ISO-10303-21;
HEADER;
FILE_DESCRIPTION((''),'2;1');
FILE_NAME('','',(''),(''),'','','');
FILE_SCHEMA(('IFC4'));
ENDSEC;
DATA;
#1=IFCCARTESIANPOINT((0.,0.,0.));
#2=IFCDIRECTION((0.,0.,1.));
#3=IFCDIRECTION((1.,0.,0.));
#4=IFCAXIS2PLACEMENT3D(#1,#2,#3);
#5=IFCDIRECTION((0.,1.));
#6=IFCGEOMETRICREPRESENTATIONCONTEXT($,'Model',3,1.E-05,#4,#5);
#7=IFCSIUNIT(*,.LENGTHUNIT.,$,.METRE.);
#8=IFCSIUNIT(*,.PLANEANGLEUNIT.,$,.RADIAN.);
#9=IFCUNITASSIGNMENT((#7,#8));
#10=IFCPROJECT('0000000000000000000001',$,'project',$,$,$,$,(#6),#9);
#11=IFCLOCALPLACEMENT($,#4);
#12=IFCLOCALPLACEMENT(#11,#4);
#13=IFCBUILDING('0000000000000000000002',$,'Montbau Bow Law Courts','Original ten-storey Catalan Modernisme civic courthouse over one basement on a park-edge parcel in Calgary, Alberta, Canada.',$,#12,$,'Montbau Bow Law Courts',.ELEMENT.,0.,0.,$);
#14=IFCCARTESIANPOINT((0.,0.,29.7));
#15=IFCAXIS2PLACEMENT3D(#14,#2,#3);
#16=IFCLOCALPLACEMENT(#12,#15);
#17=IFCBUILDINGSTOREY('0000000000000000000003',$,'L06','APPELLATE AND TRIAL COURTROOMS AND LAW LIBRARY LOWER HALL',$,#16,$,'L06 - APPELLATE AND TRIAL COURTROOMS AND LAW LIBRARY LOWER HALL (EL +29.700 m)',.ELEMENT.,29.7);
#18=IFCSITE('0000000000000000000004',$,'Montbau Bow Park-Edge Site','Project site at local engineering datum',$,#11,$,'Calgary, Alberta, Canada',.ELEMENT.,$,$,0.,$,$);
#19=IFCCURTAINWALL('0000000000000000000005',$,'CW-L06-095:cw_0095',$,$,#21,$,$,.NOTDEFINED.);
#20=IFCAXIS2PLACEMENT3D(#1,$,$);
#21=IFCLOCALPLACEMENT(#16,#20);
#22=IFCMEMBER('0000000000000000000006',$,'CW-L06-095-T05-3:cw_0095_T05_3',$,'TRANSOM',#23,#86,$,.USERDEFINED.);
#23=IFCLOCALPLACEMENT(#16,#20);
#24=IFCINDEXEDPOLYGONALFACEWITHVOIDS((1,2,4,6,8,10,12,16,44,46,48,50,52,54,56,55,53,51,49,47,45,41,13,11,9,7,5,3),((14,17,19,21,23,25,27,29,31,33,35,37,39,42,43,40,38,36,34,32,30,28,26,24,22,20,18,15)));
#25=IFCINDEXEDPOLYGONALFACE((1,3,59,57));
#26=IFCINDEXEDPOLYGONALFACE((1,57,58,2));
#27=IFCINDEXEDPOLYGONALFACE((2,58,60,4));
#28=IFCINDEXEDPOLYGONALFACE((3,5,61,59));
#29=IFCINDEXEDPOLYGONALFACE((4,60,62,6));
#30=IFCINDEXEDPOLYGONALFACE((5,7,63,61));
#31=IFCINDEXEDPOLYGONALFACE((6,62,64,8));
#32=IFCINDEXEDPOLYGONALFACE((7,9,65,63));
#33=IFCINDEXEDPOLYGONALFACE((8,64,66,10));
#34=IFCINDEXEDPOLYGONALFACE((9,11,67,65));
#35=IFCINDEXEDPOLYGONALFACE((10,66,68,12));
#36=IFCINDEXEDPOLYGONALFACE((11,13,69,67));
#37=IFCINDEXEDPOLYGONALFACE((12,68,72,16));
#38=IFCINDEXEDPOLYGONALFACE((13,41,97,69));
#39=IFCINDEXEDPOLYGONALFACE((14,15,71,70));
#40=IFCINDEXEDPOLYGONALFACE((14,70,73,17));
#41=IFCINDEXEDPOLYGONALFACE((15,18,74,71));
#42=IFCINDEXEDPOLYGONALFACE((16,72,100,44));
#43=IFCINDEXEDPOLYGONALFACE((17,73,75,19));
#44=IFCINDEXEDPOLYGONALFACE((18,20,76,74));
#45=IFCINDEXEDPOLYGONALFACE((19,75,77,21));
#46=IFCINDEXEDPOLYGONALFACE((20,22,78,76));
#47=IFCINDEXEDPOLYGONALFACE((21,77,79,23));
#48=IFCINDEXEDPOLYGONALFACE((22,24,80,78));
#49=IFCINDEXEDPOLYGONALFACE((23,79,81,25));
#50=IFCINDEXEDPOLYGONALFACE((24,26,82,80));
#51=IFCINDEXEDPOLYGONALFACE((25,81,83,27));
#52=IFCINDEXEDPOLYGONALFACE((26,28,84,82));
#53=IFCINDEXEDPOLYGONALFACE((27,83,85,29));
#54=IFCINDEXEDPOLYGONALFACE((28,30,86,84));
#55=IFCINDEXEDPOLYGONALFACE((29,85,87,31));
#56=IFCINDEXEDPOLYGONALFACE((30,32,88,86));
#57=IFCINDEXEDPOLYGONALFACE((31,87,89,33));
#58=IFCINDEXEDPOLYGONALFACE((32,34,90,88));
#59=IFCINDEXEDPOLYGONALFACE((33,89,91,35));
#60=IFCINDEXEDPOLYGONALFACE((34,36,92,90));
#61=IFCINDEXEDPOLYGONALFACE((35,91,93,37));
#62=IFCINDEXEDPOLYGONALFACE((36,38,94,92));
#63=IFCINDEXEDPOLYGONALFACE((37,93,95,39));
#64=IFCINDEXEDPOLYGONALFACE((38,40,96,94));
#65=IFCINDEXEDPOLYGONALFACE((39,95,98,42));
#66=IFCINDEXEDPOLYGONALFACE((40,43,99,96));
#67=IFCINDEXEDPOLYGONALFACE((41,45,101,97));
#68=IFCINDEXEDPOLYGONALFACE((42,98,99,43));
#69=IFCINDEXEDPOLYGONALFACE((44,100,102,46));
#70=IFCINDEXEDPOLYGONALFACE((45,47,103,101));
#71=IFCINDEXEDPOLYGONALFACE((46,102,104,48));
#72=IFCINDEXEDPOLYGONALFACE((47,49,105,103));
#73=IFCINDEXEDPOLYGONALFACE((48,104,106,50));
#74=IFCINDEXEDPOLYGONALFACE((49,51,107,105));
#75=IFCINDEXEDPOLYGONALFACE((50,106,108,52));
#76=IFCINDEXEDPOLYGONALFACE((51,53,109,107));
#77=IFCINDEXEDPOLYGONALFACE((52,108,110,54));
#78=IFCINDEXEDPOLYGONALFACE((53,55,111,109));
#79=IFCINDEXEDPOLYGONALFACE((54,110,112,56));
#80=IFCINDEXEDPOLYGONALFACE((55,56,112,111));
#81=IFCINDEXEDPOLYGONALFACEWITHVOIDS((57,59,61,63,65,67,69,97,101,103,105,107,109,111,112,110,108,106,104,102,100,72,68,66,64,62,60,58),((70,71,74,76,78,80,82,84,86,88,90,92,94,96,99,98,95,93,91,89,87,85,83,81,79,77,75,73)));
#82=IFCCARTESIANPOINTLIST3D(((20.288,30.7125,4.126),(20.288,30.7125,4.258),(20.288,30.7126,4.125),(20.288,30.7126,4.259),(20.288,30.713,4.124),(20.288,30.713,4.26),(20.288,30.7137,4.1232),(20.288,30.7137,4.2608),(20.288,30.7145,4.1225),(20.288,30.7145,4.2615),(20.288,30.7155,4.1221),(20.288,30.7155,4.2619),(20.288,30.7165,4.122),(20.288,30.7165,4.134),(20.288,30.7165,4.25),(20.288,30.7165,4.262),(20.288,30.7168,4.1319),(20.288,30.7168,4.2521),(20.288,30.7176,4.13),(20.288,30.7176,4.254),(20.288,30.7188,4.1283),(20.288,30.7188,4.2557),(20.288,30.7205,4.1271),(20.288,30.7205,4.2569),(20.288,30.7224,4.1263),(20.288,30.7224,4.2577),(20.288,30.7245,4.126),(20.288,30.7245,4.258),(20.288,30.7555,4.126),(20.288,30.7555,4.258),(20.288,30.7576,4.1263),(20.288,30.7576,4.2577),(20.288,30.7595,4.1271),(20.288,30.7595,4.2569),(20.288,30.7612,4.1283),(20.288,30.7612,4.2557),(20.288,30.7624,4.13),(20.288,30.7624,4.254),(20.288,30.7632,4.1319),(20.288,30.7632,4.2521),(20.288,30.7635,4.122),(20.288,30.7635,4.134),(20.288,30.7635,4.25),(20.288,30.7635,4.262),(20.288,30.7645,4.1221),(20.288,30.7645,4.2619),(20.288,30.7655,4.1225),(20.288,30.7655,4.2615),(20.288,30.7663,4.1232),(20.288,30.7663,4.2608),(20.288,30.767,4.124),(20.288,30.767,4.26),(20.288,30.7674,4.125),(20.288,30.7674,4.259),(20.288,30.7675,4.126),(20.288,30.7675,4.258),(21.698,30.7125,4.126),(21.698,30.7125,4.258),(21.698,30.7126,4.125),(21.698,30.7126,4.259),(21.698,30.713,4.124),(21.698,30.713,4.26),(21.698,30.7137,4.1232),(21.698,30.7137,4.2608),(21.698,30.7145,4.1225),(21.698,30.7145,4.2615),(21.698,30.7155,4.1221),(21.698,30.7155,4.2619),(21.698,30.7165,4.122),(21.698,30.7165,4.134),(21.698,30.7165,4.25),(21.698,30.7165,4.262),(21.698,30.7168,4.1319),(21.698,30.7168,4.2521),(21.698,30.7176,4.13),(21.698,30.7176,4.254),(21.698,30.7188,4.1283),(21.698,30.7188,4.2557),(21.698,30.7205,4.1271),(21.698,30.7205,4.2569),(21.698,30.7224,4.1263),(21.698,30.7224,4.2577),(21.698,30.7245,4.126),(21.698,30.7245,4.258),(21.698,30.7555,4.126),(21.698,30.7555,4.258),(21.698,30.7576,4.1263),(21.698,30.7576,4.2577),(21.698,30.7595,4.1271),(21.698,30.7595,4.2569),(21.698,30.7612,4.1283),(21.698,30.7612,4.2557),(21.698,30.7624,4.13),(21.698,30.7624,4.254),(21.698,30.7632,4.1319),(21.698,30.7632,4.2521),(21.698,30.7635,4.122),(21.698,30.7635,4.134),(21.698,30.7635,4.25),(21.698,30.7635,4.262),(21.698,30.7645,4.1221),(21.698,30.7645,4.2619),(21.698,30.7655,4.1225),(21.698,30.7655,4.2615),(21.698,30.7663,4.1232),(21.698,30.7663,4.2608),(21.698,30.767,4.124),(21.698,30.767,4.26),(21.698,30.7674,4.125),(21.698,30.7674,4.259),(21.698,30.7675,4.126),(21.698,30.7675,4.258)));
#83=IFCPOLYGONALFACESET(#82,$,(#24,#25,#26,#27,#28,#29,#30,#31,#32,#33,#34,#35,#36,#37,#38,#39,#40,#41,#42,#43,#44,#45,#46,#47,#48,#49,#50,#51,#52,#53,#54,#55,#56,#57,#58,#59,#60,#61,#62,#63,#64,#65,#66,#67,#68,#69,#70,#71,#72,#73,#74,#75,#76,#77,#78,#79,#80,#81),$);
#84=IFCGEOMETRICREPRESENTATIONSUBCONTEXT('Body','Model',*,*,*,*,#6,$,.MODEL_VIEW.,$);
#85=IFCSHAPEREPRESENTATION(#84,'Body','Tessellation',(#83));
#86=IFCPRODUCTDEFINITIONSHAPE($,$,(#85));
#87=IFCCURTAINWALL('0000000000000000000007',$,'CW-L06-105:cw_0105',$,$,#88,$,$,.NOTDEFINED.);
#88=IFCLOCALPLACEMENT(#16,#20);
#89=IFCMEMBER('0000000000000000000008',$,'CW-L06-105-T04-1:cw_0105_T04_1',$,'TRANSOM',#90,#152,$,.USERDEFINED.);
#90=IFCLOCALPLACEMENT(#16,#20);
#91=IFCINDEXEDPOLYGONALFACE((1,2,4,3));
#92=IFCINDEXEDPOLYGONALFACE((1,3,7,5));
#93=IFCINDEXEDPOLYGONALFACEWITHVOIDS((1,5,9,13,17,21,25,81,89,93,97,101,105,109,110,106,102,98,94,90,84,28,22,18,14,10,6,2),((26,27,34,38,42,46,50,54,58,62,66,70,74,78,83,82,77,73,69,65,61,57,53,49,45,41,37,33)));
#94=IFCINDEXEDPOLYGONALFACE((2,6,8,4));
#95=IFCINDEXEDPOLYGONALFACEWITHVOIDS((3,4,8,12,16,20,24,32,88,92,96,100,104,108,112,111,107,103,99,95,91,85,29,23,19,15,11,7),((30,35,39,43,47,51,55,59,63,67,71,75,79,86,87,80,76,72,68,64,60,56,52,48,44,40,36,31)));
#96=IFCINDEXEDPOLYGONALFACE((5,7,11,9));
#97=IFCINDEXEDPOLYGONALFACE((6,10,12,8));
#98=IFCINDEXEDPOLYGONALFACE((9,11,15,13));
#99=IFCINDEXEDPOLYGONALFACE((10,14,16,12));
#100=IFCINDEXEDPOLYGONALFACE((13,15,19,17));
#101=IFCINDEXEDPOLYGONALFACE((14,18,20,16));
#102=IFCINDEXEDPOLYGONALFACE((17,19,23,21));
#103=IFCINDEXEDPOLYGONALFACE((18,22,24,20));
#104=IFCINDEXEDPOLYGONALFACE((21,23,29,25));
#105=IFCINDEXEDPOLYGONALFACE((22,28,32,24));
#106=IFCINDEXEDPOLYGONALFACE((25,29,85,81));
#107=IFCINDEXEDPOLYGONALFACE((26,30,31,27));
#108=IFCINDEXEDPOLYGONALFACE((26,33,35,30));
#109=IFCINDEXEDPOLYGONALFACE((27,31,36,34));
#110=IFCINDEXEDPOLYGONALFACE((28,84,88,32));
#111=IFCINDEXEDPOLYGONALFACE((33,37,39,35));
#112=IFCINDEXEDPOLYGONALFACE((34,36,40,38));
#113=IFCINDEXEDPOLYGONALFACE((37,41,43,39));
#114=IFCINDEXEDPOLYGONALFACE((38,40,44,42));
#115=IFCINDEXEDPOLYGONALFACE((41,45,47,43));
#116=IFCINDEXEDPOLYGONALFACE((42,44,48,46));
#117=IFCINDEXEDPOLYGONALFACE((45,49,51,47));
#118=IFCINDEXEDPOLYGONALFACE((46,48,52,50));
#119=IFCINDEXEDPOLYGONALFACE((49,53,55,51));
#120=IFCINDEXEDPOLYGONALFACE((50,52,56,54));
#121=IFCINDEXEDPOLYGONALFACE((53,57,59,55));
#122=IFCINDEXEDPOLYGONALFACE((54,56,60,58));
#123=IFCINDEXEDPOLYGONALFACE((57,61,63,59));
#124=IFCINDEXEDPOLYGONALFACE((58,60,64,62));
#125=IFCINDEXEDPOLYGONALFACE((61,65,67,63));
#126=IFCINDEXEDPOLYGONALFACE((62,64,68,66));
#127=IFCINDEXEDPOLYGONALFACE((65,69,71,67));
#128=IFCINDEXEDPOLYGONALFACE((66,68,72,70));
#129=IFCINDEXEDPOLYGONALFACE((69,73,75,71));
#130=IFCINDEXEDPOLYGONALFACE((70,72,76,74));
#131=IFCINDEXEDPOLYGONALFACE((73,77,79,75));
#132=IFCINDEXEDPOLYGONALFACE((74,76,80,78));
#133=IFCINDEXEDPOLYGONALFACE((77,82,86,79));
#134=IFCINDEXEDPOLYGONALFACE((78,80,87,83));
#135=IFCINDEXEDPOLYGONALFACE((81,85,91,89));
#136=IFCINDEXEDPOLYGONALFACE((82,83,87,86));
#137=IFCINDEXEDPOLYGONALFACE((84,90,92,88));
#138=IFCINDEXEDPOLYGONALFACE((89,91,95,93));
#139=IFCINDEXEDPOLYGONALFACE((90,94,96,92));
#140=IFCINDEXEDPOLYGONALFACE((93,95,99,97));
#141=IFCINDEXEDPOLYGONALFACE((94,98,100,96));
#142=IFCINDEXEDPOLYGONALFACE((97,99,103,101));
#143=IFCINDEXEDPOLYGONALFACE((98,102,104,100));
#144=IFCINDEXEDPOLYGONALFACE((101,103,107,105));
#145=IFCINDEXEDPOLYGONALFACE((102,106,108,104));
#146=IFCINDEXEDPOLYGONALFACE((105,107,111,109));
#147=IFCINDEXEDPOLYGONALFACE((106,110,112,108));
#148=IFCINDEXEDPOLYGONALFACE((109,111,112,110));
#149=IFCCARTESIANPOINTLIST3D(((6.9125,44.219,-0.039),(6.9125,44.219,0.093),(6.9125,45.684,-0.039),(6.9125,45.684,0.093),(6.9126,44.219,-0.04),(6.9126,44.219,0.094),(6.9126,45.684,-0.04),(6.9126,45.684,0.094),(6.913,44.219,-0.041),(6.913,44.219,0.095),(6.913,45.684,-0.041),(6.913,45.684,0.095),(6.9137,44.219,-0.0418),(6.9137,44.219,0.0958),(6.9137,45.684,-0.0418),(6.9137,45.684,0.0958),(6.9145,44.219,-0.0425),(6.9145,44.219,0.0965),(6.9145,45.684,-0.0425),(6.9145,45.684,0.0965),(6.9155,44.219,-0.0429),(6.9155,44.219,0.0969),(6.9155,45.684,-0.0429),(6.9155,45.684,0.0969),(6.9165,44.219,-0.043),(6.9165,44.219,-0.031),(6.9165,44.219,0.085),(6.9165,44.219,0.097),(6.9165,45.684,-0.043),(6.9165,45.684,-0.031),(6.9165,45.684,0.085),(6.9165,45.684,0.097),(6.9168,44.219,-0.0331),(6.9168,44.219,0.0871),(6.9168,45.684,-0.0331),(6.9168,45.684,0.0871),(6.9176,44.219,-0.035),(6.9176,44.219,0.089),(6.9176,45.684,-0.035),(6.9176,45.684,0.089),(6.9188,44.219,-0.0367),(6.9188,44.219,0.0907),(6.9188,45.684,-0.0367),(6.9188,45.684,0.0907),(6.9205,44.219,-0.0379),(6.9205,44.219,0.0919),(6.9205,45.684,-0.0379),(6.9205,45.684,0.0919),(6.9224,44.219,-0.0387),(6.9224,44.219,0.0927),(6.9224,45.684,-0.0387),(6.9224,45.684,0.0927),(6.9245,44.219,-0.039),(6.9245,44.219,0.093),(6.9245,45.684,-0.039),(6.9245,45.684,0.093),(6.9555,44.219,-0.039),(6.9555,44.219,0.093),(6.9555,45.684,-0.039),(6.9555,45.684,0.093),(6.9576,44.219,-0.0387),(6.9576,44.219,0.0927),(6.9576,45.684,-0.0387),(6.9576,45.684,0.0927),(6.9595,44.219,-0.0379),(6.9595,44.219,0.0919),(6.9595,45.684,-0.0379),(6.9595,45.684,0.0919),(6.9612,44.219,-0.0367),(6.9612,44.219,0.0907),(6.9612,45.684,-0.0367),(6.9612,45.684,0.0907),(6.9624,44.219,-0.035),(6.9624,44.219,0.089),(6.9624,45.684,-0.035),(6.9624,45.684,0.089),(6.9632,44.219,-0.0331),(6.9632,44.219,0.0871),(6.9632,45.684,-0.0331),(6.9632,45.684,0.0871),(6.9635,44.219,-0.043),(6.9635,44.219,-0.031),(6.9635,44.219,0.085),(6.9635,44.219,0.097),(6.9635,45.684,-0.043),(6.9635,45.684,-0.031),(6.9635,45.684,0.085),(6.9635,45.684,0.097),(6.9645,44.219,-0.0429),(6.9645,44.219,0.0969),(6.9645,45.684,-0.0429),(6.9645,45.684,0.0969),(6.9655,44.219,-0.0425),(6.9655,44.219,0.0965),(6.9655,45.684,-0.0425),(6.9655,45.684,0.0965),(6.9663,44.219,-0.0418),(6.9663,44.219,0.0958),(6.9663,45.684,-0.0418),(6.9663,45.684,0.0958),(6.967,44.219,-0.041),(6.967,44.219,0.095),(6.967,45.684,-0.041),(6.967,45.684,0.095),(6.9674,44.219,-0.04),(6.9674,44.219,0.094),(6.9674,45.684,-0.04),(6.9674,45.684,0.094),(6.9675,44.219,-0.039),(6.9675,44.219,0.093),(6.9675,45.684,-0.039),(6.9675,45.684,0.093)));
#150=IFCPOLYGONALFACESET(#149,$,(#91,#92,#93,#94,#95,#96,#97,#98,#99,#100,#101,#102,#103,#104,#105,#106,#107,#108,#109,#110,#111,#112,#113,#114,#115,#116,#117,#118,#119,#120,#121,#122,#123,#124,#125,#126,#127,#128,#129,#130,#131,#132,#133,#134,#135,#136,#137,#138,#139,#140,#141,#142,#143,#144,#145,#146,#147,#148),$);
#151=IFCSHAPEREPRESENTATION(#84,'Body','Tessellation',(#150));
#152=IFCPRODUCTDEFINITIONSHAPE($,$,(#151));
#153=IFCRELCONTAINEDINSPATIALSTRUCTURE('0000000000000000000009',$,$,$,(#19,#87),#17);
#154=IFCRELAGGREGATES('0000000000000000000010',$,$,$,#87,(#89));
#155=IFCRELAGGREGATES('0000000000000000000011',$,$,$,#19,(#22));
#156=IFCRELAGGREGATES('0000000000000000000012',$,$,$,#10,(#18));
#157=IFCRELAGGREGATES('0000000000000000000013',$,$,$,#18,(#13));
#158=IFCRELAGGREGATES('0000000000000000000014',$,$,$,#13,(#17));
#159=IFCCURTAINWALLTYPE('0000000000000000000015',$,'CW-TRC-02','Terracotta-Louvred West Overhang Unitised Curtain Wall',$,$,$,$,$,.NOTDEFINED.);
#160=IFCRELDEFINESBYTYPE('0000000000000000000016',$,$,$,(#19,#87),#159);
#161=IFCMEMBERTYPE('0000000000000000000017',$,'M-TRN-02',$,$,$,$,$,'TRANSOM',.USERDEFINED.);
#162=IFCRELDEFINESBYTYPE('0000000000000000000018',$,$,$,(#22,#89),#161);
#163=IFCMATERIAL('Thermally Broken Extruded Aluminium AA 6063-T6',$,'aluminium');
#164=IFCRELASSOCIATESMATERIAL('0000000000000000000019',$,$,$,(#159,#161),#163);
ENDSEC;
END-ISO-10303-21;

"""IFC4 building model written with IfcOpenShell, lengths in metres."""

from ifc_helpers import new_model, si_unit, direction, frame, origin_with_axes, origin_2d_with_axis, place, context, subcontext, project, spatial, hollow_rectangle, extrude, material, material_profile, profile_set, type_object, element, aggregate, save


model = new_model("IFC4")

# Units and contexts
model_context = context("Model", 3, precision=1e-05, world=origin_with_axes(), true_north=direction((0.0, 1.0)))
body_context = subcontext(model_context, "Body", "Model", "MODEL_VIEW")
ifc_project = project(units=[si_unit("LENGTHUNIT", "METRE"), si_unit("PLANEANGLEUNIT", "RADIAN")], contexts=[model_context])

# Site, building, storey
site_placement = place(None, origin_with_axes())
site = spatial("IfcSite", under=ifc_project, at=site_placement, Name="Montbau Bow Park-Edge Site", Description="Project site at local engineering datum", LongName="Calgary, Alberta, Canada", CompositionType="ELEMENT", RefElevation=0.0)
building_placement = place(site_placement, origin_with_axes())
building = spatial("IfcBuilding", under=site, at=building_placement, Name="Montbau Bow Law Courts", Description="Original ten-storey Catalan Modernisme civic courthouse over one basement on a park-edge parcel in Calgary, Alberta, Canada.", LongName="Montbau Bow Law Courts", CompositionType="ELEMENT", ElevationOfRefHeight=0.0, ElevationOfTerrain=0.0)
storey_placement = place(building_placement, frame((0.0, 0.0, 29.7), z_axis=(0.0, 0.0, 1.0), x_axis=(1.0, 0.0, 0.0)))
storey = spatial("IfcBuildingStorey", under=building, at=storey_placement, Name="L06", Description="APPELLATE AND TRIAL COURTROOMS AND LAW LIBRARY LOWER HALL", LongName="L06 - APPELLATE AND TRIAL COURTROOMS AND LAW LIBRARY LOWER HALL (EL +29.700 m)", CompositionType="ELEMENT", Elevation=29.7)

# Curtain walls, members
ifc_material_1 = material(Name="Thermally Broken Extruded Aluminium AA 6063-T6", Category="aluminium")
curtain_wall_type = type_object("IfcCurtainWallType", Name="CW-TRC-02", Description="Terracotta-Louvred West Overhang Unitised Curtain Wall", PredefinedType="NOTDEFINED", material=ifc_material_1)
curtain_wall_1_placement = place(None, frame((14.24, 30.74, 29.7), z_axis=(0.0, 0.0, 1.0), x_axis=(1.0, 0.0, 0.0)))
curtain_wall_1 = element("IfcCurtainWall", 1, at=curtain_wall_1_placement, inside=storey, type_object=curtain_wall_type, Name="CW-L06-095:cw_0095", PredefinedType="NOTDEFINED")
ifc_material_profile_1 = material_profile(ifc_material_1, hollow_rectangle(XDim=0.055, YDim=0.14, WallThickness=0.004, InnerFilletRadius=0.008, OuterFilletRadius=0.004, at=origin_2d_with_axis()), Name="CWT-140X55", Category="Main", Priority=0)
ifc_profile_set_1 = profile_set([ifc_material_profile_1], Name="Thermally Broken Extruded Aluminium AA 6063-T6")
member_type_1 = type_object("IfcMemberType", Name="M-TRN-02", ElementType="TRANSOM", PredefinedType="USERDEFINED", material=ifc_profile_set_1)
member_1_placement = place(None, frame((20.288, 30.74, 33.892), z_axis=(1.0, 0.0, 0.0), x_axis=(0.0, 1.0, 0.0)))
member_1 = element("IfcMember", 2, at=member_1_placement, type_object=member_type_1, Name="CW-L06-095-T05-3:cw_0095_T05_3", ObjectType="TRANSOM", PredefinedType="USERDEFINED", context=body_context, shape_type="SweptSolid", body=[
    extrude(hollow_rectangle(XDim=0.055, YDim=0.14, WallThickness=0.004, InnerFilletRadius=0.008, OuterFilletRadius=0.004, at=origin_2d_with_axis()), origin_with_axes(), (0.0, 0.0, 1.0), 1.41),
])
curtain_wall_2_placement = place(None, frame((6.94, 39.44, 29.7), z_axis=(0.0, 0.0, 1.0), x_axis=(1.0, 0.0, 0.0)))
curtain_wall_2 = element("IfcCurtainWall", 3, at=curtain_wall_2_placement, inside=storey, type_object=curtain_wall_type, Name="CW-L06-105:cw_0105", PredefinedType="NOTDEFINED")
member_2_placement = place(None, frame((6.94, 44.219, 29.727), z_axis=(0.0, 1.0, 0.0), x_axis=(-1.0, 0.0, 0.0)))
member_2 = element("IfcMember", 4, at=member_2_placement, type_object=member_type_1, Name="CW-L06-105-T04-1:cw_0105_T04_1", ObjectType="TRANSOM", PredefinedType="USERDEFINED", context=body_context, shape_type="SweptSolid", body=[
    extrude(hollow_rectangle(XDim=0.055, YDim=0.14, WallThickness=0.004, InnerFilletRadius=0.008, OuterFilletRadius=0.004, at=origin_2d_with_axis()), origin_with_axes(), (0.0, 0.0, 1.0), 1.465),
])
aggregate(curtain_wall_2, [member_2])

aggregate(curtain_wall_1, [member_1])

save(model, "model.ifc")
